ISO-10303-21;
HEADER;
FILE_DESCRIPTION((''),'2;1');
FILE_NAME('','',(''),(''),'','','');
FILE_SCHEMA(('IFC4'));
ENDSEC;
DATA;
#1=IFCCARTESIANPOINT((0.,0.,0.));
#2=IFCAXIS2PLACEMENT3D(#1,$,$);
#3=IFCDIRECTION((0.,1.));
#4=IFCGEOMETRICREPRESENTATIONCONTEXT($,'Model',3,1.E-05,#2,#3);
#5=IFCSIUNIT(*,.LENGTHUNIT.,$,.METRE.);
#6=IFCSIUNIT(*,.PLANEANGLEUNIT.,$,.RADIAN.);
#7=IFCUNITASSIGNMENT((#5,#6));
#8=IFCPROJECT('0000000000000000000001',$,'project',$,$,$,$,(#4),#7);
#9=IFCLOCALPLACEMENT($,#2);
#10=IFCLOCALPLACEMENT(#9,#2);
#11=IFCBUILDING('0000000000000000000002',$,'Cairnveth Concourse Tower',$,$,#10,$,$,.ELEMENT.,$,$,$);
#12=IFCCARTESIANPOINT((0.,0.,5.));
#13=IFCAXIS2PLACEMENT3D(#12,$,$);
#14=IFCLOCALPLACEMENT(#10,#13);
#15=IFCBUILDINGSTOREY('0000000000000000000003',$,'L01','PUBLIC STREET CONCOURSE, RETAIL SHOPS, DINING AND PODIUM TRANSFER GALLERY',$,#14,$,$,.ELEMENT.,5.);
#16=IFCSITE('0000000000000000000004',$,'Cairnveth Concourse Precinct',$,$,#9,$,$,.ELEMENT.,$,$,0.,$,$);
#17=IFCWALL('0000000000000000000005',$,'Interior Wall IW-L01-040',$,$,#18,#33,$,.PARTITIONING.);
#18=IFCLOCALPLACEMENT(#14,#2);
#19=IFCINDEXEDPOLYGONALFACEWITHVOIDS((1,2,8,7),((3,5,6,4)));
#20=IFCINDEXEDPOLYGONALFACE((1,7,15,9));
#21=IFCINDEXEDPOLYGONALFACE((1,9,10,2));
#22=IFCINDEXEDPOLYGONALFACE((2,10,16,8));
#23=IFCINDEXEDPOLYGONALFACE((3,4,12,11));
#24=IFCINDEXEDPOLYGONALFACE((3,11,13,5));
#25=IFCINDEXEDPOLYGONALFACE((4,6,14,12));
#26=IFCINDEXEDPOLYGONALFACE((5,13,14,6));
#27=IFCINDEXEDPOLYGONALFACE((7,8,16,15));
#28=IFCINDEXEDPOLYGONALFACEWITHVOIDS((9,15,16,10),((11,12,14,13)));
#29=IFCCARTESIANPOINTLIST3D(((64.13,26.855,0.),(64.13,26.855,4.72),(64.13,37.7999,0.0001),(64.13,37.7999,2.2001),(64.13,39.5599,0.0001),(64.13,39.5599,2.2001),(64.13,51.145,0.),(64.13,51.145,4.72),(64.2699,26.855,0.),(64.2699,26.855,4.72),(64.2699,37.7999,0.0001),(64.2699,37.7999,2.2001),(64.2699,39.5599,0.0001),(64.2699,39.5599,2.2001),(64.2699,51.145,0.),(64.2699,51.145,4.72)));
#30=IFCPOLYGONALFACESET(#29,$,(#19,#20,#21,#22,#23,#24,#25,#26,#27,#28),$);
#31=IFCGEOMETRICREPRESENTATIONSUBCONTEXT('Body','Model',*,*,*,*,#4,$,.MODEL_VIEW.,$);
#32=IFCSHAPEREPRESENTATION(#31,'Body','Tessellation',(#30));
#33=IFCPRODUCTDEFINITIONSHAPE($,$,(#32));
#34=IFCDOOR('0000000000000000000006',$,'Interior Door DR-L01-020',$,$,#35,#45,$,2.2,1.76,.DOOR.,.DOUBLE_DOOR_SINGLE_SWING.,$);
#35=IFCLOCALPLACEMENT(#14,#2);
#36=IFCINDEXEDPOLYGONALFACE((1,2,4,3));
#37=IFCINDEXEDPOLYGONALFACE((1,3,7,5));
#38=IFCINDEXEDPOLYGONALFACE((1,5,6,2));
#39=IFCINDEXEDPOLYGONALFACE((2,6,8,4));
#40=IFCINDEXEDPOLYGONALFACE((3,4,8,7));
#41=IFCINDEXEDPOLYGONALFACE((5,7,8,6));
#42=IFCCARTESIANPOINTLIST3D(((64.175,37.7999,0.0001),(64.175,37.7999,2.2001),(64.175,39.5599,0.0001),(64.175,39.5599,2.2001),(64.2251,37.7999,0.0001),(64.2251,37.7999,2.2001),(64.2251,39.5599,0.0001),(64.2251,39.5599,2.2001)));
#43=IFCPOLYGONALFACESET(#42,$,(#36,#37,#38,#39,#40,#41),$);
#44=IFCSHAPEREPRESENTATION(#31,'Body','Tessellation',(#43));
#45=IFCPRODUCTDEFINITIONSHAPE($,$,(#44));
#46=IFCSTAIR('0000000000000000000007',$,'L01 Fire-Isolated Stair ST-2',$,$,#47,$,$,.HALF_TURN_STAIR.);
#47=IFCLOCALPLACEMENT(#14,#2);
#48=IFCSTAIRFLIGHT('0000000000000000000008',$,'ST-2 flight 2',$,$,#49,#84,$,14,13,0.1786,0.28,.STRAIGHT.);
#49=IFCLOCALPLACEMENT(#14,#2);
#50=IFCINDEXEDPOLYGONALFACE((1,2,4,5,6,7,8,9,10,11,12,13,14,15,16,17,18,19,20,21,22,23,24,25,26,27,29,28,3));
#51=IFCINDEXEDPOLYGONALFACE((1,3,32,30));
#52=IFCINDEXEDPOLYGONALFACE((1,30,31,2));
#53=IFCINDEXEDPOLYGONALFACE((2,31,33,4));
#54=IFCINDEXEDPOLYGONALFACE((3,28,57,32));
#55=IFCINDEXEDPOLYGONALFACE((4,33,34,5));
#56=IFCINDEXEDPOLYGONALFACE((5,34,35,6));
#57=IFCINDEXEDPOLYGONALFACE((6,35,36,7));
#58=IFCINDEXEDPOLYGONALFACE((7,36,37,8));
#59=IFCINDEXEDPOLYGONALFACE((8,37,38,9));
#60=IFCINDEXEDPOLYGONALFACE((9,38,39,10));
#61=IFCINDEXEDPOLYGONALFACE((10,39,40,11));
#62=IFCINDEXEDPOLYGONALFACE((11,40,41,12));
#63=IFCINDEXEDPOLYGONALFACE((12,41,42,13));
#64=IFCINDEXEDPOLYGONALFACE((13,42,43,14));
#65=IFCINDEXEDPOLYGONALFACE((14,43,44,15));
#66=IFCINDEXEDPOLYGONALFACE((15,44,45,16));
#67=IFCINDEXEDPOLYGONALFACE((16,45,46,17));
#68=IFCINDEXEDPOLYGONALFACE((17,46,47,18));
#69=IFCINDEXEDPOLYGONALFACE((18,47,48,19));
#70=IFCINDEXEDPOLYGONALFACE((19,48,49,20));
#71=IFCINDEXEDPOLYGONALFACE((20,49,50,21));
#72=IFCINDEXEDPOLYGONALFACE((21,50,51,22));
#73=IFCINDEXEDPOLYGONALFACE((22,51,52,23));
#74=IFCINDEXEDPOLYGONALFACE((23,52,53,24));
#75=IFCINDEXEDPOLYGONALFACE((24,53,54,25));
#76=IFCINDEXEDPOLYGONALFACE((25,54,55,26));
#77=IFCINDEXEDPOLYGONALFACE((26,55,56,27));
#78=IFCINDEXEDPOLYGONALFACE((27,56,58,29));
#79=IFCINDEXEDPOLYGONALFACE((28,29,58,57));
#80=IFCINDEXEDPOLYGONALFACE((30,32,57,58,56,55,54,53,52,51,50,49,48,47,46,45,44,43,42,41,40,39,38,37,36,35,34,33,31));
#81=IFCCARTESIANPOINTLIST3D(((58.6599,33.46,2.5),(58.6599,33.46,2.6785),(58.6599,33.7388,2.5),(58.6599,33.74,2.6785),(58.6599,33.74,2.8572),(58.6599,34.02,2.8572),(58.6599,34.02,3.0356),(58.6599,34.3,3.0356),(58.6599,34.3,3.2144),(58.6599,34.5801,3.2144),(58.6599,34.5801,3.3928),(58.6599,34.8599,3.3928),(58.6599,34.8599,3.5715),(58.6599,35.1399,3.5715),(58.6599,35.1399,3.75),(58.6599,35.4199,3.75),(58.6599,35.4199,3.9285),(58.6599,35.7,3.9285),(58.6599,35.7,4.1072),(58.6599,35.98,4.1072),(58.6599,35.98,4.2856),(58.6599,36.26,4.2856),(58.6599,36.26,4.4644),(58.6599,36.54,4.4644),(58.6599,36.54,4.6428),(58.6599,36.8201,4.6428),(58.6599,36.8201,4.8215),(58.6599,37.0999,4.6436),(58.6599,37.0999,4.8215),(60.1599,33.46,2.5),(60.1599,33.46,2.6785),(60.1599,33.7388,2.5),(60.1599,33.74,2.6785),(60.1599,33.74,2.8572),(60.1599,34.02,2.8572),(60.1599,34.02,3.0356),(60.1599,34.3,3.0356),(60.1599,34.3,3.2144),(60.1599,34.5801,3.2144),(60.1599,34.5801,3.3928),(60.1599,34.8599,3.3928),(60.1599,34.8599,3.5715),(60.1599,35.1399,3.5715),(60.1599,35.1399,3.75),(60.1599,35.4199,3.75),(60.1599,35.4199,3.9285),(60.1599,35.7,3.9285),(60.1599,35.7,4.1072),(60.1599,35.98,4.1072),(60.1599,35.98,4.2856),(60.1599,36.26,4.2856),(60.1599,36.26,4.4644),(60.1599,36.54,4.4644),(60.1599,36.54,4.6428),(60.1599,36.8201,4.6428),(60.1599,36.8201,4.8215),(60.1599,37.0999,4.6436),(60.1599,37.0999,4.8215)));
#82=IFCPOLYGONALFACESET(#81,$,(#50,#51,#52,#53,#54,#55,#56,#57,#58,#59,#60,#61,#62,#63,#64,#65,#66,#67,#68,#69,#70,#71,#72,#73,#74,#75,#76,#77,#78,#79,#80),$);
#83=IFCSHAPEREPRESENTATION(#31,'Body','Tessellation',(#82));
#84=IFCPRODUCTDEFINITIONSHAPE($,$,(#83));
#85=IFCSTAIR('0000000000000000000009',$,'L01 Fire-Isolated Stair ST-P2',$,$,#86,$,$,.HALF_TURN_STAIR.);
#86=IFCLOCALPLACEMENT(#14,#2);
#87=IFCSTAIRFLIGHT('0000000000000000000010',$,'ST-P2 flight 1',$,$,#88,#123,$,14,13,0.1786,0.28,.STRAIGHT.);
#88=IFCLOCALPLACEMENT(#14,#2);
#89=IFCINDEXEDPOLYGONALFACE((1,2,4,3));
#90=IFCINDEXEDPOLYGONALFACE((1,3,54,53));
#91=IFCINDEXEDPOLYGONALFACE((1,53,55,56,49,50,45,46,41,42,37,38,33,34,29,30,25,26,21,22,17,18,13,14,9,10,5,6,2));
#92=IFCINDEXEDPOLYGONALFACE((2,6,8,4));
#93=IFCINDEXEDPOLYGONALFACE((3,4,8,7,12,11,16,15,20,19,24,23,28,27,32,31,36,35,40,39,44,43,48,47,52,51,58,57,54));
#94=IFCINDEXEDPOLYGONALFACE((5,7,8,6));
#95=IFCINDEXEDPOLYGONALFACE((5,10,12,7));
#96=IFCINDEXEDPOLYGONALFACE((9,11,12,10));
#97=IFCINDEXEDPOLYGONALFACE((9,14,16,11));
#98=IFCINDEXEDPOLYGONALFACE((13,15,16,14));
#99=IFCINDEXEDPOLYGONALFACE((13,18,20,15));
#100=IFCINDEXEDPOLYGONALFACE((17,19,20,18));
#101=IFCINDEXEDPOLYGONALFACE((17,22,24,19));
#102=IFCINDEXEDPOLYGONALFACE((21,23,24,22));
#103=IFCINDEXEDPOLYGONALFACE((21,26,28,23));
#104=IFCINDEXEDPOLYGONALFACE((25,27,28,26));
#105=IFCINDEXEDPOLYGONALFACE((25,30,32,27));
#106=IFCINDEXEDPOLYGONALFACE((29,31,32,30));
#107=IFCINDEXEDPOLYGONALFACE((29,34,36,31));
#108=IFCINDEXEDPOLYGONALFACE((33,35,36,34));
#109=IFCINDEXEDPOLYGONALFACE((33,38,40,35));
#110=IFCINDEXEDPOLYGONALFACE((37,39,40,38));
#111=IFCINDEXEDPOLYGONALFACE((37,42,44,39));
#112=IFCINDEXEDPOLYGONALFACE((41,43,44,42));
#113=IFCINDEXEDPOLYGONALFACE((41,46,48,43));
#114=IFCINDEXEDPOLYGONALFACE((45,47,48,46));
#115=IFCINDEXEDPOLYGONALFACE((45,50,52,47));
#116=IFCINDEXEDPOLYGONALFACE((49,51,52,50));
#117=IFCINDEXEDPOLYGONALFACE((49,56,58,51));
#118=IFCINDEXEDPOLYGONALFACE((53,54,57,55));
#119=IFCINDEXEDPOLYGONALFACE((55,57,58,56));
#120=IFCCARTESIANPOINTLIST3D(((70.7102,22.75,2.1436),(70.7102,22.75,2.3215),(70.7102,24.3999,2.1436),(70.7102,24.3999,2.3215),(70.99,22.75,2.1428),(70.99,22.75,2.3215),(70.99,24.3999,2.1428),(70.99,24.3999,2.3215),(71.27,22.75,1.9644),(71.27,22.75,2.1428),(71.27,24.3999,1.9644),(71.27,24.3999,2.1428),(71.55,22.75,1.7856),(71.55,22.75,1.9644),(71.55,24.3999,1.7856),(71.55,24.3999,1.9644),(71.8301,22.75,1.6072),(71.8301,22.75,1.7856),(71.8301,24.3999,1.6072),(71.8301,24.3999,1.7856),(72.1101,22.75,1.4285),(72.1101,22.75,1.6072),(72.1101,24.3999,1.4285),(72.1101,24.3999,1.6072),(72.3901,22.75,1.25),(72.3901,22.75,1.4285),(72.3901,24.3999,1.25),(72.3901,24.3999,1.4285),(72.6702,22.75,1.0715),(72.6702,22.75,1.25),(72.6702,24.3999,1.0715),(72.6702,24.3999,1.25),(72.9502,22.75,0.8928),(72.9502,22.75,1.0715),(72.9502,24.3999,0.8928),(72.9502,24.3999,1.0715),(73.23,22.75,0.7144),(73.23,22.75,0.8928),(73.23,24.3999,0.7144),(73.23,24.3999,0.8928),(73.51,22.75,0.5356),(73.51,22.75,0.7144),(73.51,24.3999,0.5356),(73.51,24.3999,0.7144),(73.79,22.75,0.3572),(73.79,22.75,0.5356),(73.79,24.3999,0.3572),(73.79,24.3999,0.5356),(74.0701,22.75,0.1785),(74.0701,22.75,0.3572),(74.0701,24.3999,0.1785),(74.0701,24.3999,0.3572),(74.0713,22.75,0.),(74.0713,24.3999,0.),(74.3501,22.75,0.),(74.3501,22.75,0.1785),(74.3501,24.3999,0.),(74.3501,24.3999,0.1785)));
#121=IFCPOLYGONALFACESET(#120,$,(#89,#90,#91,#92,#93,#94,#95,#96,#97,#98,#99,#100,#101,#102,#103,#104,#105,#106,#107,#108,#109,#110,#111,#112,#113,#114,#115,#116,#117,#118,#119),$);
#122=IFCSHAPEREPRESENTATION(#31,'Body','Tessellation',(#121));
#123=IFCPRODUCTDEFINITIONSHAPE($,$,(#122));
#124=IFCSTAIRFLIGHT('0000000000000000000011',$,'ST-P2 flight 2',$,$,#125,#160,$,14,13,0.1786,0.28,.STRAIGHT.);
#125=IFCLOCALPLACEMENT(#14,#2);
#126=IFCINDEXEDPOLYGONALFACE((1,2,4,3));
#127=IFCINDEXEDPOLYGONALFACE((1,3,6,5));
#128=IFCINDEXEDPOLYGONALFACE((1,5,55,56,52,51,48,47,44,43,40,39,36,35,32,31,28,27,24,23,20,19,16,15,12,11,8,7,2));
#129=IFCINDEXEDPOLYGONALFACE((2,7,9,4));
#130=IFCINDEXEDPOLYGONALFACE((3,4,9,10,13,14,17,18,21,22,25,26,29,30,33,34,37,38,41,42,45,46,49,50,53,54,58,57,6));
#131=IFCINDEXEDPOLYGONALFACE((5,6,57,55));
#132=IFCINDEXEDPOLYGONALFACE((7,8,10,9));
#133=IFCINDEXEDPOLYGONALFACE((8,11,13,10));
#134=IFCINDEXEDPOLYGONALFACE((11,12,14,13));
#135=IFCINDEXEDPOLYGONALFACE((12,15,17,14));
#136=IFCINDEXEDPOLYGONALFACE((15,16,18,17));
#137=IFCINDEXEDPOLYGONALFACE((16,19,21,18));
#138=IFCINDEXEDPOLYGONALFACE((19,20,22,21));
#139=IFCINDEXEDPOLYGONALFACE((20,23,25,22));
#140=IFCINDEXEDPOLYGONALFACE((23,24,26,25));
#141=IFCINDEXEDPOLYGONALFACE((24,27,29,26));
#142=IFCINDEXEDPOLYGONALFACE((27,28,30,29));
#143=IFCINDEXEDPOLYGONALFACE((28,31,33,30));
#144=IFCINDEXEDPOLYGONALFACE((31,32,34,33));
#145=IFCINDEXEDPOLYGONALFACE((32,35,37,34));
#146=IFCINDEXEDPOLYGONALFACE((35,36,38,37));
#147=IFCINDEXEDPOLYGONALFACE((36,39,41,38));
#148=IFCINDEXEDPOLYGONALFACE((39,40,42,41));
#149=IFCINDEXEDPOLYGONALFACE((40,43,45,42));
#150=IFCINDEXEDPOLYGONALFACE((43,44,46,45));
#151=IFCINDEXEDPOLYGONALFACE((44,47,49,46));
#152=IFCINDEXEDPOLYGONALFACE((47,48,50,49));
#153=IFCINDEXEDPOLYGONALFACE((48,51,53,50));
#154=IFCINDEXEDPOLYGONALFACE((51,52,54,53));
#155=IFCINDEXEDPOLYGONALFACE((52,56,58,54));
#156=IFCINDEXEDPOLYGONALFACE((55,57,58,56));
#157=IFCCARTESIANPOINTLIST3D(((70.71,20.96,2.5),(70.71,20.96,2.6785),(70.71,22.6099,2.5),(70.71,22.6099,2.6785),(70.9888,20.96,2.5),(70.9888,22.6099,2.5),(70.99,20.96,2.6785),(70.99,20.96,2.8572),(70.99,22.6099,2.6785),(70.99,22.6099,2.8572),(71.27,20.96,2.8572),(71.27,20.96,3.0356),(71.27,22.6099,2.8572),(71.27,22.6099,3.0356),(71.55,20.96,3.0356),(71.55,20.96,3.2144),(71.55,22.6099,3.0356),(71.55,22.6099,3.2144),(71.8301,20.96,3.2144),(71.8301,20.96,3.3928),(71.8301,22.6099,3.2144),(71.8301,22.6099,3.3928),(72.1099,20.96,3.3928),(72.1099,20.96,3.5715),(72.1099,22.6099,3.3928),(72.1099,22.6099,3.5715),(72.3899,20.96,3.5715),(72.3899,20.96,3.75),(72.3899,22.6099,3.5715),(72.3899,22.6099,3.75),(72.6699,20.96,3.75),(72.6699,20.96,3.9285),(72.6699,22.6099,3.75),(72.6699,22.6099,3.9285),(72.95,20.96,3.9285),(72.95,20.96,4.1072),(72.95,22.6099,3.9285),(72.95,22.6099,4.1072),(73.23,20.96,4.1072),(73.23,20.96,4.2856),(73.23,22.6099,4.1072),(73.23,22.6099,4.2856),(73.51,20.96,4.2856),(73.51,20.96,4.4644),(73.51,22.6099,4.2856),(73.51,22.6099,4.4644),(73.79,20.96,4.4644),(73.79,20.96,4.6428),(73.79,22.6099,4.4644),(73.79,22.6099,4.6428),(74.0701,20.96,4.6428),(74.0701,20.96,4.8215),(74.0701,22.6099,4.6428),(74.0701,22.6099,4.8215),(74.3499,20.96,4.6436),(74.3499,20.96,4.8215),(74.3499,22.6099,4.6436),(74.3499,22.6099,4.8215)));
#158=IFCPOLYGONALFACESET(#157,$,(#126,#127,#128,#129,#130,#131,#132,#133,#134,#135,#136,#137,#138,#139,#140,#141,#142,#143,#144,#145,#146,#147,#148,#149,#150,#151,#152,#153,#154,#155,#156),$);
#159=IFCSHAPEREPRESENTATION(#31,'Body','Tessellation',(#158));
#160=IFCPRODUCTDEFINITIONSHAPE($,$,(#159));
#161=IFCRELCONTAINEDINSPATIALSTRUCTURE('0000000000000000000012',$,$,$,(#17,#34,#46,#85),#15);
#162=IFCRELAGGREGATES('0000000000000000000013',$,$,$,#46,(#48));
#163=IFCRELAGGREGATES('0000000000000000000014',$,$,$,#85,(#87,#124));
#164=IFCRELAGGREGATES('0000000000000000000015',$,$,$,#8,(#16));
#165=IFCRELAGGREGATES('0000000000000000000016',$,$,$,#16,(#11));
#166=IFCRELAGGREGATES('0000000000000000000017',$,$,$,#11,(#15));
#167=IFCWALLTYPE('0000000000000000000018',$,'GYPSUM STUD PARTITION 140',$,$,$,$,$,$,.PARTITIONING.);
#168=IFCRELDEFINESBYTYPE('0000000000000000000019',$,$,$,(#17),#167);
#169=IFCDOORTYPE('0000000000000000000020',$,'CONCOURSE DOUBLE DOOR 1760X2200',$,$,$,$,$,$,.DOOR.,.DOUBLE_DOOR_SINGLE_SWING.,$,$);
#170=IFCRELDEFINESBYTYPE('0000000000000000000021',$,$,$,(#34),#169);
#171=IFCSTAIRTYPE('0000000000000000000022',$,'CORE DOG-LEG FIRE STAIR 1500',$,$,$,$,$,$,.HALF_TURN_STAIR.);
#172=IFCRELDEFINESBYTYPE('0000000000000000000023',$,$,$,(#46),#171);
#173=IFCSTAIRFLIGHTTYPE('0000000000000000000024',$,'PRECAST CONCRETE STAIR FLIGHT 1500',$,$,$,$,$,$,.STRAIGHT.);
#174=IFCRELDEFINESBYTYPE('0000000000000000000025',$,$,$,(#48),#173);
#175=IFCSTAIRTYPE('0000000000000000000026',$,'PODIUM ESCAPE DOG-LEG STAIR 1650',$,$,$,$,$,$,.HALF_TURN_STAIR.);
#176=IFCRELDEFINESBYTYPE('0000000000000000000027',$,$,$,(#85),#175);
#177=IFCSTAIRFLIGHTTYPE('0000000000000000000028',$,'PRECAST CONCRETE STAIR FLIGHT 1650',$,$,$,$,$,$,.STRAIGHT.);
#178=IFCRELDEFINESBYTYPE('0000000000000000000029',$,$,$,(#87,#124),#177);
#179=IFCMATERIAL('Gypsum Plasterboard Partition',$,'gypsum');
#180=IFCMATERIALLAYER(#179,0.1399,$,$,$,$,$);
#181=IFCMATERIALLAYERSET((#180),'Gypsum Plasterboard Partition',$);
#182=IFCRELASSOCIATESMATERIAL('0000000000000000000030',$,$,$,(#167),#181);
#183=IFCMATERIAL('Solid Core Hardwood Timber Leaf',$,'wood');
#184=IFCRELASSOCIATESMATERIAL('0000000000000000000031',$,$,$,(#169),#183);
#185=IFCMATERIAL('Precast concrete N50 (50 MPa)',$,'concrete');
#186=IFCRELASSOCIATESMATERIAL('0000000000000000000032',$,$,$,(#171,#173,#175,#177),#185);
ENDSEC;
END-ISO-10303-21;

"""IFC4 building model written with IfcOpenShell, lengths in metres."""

from ifc_helpers import new_model, si_unit, direction, frame, frame_2d, origin, place, context, subcontext, project, spatial, polyline, rectangle, outline, extrude, material, layer, layer_set, type_object, element, fill, aggregate, save


model = new_model("IFC4")

# Units and contexts
model_context = context("Model", 3, precision=1e-05, world=origin(), true_north=direction((0.0, 1.0)))
body_context = subcontext(model_context, "Body", "Model", "MODEL_VIEW")
ifc_project = project(units=[si_unit("LENGTHUNIT", "METRE"), si_unit("PLANEANGLEUNIT", "RADIAN")], contexts=[model_context])

# Site, building, storey
site_placement = place(None, origin())
site = spatial("IfcSite", under=ifc_project, at=site_placement, Name="Cairnveth Concourse Precinct", CompositionType="ELEMENT", RefElevation=0.0)
building_placement = place(site_placement, origin())
building = spatial("IfcBuilding", under=site, at=building_placement, Name="Cairnveth Concourse Tower", CompositionType="ELEMENT")
storey_placement = place(building_placement, frame((0.0, 0.0, 5.0)))
storey = spatial("IfcBuildingStorey", under=building, at=storey_placement, Name="L01", Description="PUBLIC STREET CONCOURSE, RETAIL SHOPS, DINING AND PODIUM TRANSFER GALLERY", CompositionType="ELEMENT", Elevation=5.0)

# Wall, opening, door
ifc_material_1 = material(Name="Gypsum Plasterboard Partition", Category="gypsum")
ifc_layer_1 = layer(ifc_material_1, 0.1399)
ifc_layer_set_1 = layer_set([ifc_layer_1], Name="Gypsum Plasterboard Partition")
wall_type_1 = type_object("IfcWallType", Name="GYPSUM STUD PARTITION 140", PredefinedType="PARTITIONING", material=ifc_layer_set_1)
wall_1_placement = place(storey_placement, frame((64.2, 26.855, 0.0), z_axis=(0.0, 0.0, 1.0), x_axis=(0.0, 1.0, 0.0)))
wall_1 = element("IfcWall", 1, at=wall_1_placement, inside=storey, type_object=wall_type_1, Name="Interior Wall IW-L01-040", PredefinedType="PARTITIONING", context=body_context, shape_type="SweptSolid", body=[
    extrude(rectangle(XDim=24.29, YDim=0.1399, at=frame_2d((12.145, 0.0))), origin(), (0.0, 0.0, 1.0), 4.72),
])
opening_1_placement = place(wall_1_placement, frame((10.9451, 0.0, 0.0)))
opening_1 = element("IfcOpeningElement", 2, at=opening_1_placement, cuts=wall_1, PredefinedType="OPENING", context=body_context, shape_type="SweptSolid", body=[
    extrude(rectangle(XDim=1.76, YDim=2.2, at=frame_2d((0.8799, 1.1001))), frame((0.0, 0.0798, 0.0), z_axis=(0.0, -1.0, 0.0), x_axis=(1.0, 0.0, 0.0)), (0.0, 0.0, 1.0), 0.1599),
])
ifc_material_2 = material(Name="Solid Core Hardwood Timber Leaf", Category="wood")
door_type_1 = type_object("IfcDoorType", Name="CONCOURSE DOUBLE DOOR 1760X2200", OperationType="DOUBLE_DOOR_SINGLE_SWING", PredefinedType="DOOR", material=ifc_material_2)
door_1_placement = place(opening_1_placement, origin())
door_1 = element("IfcDoor", 3, at=door_1_placement, inside=storey, type_object=door_type_1, Name="Interior Door DR-L01-020", OperationType="DOUBLE_DOOR_SINGLE_SWING", OverallHeight=2.2, OverallWidth=1.76, PredefinedType="DOOR", context=body_context, shape_type="SweptSolid", body=[
    extrude(rectangle(XDim=1.76, YDim=2.2, at=frame_2d((0.8799, 1.1001))), frame((0.0, 0.0249, 0.0), z_axis=(0.0, -1.0, 0.0), x_axis=(1.0, 0.0, 0.0)), (0.0, 0.0, 1.0), 0.05),
])
fill(opening_1, door_1)

# Stair, stair flight
ifc_material_3 = material(Name="Precast concrete N50 (50 MPa)", Category="concrete")
stair_type_1 = type_object("IfcStairType", Name="CORE DOG-LEG FIRE STAIR 1500", PredefinedType="HALF_TURN_STAIR", material=ifc_material_3)
stair_1_placement = place(storey_placement, origin())
stair_1 = element("IfcStair", 4, at=stair_1_placement, inside=storey, type_object=stair_type_1, Name="L01 Fire-Isolated Stair ST-2", PredefinedType="HALF_TURN_STAIR")
stair_flight_type_1 = type_object("IfcStairFlightType", Name="PRECAST CONCRETE STAIR FLIGHT 1500", PredefinedType="STRAIGHT", material=ifc_material_3)
stair_flight_1_placement = place(storey_placement, frame((59.4099, 33.46, 2.5), z_axis=(0.0, 0.0, 1.0), x_axis=(0.0, 1.0, 0.0)))
stair_flight_1 = element("IfcStairFlight", 5, at=stair_flight_1_placement, type_object=stair_flight_type_1, Name="ST-2 flight 2", NumberOfRisers=14, NumberOfTreads=13, PredefinedType="STRAIGHT", RiserHeight=0.1786, TreadLength=0.28, context=body_context, shape_type="SweptSolid", body=[
    extrude(outline(polyline([(0.0, 0.0), (0.0, 0.1785), (0.28, 0.1785), (0.28, 0.3572), (0.5601, 0.3572), (0.5601, 0.5356), (0.8401, 0.5356), (0.8401, 0.7144), (1.1201, 0.7144), (1.1201, 0.8928), (1.3999, 0.8928), (1.3999, 1.0715), (1.6799, 1.0715), (1.6799, 1.25), (1.96, 1.25), (1.96, 1.4285), (2.24, 1.4285), (2.24, 1.6072), (2.52, 1.6072), (2.52, 1.7856), (2.8, 1.7856), (2.8, 1.9644), (3.0801, 1.9644), (3.0801, 2.1428), (3.3601, 2.1428), (3.3601, 2.3215), (3.6399, 2.3215), (3.6399, 2.5), (3.6399, 2.1436), (0.2788, 0.0), (0.0, 0.0)])), frame((0.0, 0.75, 0.0), z_axis=(0.0, -1.0, 0.0), x_axis=(1.0, 0.0, 0.0)), (0.0, 0.0, 1.0), 1.5),
])
aggregate(stair_1, [stair_flight_1])

# Stair, stair flights
stair_type_2 = type_object("IfcStairType", Name="PODIUM ESCAPE DOG-LEG STAIR 1650", PredefinedType="HALF_TURN_STAIR", material=ifc_material_3)
stair_2_placement = place(storey_placement, origin())
stair_2 = element("IfcStair", 6, at=stair_2_placement, inside=storey, type_object=stair_type_2, Name="L01 Fire-Isolated Stair ST-P2", PredefinedType="HALF_TURN_STAIR")
stair_flight_type_2 = type_object("IfcStairFlightType", Name="PRECAST CONCRETE STAIR FLIGHT 1650", PredefinedType="STRAIGHT", material=ifc_material_3)
stair_flight_2_placement = place(storey_placement, frame((74.3501, 23.575, 0.0), z_axis=(0.0, 0.0, 1.0), x_axis=(-1.0, 0.0, 0.0)))
stair_flight_2 = element("IfcStairFlight", 7, at=stair_flight_2_placement, type_object=stair_flight_type_2, Name="ST-P2 flight 1", NumberOfRisers=14, NumberOfTreads=13, PredefinedType="STRAIGHT", RiserHeight=0.1786, TreadLength=0.28, context=body_context, shape_type="SweptSolid", body=[
    extrude(outline(polyline([(0.0, 0.0), (0.0, 0.1785), (0.28, 0.1785), (0.28, 0.3572), (0.5601, 0.3572), (0.5601, 0.5356), (0.8401, 0.5356), (0.8401, 0.7144), (1.1201, 0.7144), (1.1201, 0.8928), (1.3999, 0.8928), (1.3999, 1.0715), (1.6799, 1.0715), (1.6799, 1.25), (1.96, 1.25), (1.96, 1.4285), (2.24, 1.4285), (2.24, 1.6072), (2.52, 1.6072), (2.52, 1.7856), (2.8, 1.7856), (2.8, 1.9644), (3.0801, 1.9644), (3.0801, 2.1428), (3.3601, 2.1428), (3.3601, 2.3215), (3.6399, 2.3215), (3.6399, 2.5), (3.6399, 2.1436), (0.2788, 0.0), (0.0, 0.0)])), frame((0.0, 0.825, 0.0), z_axis=(0.0, -1.0, 0.0), x_axis=(1.0, 0.0, 0.0)), (0.0, 0.0, 1.0), 1.6499),
])
stair_flight_3_placement = place(storey_placement, frame((70.71, 21.7849, 2.5), z_axis=(0.0, 0.0, 1.0), x_axis=(1.0, 0.0, 0.0)))
stair_flight_3 = element("IfcStairFlight", 8, at=stair_flight_3_placement, type_object=stair_flight_type_2, Name="ST-P2 flight 2", NumberOfRisers=14, NumberOfTreads=13, PredefinedType="STRAIGHT", RiserHeight=0.1786, TreadLength=0.28, context=body_context, shape_type="SweptSolid", body=[
    extrude(outline(polyline([(0.0, 0.0), (0.0, 0.1785), (0.28, 0.1785), (0.28, 0.3572), (0.5601, 0.3572), (0.5601, 0.5356), (0.8401, 0.5356), (0.8401, 0.7144), (1.1201, 0.7144), (1.1201, 0.8928), (1.3999, 0.8928), (1.3999, 1.0715), (1.6799, 1.0715), (1.6799, 1.25), (1.96, 1.25), (1.96, 1.4285), (2.24, 1.4285), (2.24, 1.6072), (2.52, 1.6072), (2.52, 1.7856), (2.8, 1.7856), (2.8, 1.9644), (3.0801, 1.9644), (3.0801, 2.1428), (3.3601, 2.1428), (3.3601, 2.3215), (3.6399, 2.3215), (3.6399, 2.5), (3.6399, 2.1436), (0.2788, 0.0), (0.0, 0.0)])), frame((0.0, 0.825, 0.0), z_axis=(0.0, -1.0, 0.0), x_axis=(1.0, 0.0, 0.0)), (0.0, 0.0, 1.0), 1.6499),
])
aggregate(stair_2, [stair_flight_2, stair_flight_3])

save(model, "model.ifc")
